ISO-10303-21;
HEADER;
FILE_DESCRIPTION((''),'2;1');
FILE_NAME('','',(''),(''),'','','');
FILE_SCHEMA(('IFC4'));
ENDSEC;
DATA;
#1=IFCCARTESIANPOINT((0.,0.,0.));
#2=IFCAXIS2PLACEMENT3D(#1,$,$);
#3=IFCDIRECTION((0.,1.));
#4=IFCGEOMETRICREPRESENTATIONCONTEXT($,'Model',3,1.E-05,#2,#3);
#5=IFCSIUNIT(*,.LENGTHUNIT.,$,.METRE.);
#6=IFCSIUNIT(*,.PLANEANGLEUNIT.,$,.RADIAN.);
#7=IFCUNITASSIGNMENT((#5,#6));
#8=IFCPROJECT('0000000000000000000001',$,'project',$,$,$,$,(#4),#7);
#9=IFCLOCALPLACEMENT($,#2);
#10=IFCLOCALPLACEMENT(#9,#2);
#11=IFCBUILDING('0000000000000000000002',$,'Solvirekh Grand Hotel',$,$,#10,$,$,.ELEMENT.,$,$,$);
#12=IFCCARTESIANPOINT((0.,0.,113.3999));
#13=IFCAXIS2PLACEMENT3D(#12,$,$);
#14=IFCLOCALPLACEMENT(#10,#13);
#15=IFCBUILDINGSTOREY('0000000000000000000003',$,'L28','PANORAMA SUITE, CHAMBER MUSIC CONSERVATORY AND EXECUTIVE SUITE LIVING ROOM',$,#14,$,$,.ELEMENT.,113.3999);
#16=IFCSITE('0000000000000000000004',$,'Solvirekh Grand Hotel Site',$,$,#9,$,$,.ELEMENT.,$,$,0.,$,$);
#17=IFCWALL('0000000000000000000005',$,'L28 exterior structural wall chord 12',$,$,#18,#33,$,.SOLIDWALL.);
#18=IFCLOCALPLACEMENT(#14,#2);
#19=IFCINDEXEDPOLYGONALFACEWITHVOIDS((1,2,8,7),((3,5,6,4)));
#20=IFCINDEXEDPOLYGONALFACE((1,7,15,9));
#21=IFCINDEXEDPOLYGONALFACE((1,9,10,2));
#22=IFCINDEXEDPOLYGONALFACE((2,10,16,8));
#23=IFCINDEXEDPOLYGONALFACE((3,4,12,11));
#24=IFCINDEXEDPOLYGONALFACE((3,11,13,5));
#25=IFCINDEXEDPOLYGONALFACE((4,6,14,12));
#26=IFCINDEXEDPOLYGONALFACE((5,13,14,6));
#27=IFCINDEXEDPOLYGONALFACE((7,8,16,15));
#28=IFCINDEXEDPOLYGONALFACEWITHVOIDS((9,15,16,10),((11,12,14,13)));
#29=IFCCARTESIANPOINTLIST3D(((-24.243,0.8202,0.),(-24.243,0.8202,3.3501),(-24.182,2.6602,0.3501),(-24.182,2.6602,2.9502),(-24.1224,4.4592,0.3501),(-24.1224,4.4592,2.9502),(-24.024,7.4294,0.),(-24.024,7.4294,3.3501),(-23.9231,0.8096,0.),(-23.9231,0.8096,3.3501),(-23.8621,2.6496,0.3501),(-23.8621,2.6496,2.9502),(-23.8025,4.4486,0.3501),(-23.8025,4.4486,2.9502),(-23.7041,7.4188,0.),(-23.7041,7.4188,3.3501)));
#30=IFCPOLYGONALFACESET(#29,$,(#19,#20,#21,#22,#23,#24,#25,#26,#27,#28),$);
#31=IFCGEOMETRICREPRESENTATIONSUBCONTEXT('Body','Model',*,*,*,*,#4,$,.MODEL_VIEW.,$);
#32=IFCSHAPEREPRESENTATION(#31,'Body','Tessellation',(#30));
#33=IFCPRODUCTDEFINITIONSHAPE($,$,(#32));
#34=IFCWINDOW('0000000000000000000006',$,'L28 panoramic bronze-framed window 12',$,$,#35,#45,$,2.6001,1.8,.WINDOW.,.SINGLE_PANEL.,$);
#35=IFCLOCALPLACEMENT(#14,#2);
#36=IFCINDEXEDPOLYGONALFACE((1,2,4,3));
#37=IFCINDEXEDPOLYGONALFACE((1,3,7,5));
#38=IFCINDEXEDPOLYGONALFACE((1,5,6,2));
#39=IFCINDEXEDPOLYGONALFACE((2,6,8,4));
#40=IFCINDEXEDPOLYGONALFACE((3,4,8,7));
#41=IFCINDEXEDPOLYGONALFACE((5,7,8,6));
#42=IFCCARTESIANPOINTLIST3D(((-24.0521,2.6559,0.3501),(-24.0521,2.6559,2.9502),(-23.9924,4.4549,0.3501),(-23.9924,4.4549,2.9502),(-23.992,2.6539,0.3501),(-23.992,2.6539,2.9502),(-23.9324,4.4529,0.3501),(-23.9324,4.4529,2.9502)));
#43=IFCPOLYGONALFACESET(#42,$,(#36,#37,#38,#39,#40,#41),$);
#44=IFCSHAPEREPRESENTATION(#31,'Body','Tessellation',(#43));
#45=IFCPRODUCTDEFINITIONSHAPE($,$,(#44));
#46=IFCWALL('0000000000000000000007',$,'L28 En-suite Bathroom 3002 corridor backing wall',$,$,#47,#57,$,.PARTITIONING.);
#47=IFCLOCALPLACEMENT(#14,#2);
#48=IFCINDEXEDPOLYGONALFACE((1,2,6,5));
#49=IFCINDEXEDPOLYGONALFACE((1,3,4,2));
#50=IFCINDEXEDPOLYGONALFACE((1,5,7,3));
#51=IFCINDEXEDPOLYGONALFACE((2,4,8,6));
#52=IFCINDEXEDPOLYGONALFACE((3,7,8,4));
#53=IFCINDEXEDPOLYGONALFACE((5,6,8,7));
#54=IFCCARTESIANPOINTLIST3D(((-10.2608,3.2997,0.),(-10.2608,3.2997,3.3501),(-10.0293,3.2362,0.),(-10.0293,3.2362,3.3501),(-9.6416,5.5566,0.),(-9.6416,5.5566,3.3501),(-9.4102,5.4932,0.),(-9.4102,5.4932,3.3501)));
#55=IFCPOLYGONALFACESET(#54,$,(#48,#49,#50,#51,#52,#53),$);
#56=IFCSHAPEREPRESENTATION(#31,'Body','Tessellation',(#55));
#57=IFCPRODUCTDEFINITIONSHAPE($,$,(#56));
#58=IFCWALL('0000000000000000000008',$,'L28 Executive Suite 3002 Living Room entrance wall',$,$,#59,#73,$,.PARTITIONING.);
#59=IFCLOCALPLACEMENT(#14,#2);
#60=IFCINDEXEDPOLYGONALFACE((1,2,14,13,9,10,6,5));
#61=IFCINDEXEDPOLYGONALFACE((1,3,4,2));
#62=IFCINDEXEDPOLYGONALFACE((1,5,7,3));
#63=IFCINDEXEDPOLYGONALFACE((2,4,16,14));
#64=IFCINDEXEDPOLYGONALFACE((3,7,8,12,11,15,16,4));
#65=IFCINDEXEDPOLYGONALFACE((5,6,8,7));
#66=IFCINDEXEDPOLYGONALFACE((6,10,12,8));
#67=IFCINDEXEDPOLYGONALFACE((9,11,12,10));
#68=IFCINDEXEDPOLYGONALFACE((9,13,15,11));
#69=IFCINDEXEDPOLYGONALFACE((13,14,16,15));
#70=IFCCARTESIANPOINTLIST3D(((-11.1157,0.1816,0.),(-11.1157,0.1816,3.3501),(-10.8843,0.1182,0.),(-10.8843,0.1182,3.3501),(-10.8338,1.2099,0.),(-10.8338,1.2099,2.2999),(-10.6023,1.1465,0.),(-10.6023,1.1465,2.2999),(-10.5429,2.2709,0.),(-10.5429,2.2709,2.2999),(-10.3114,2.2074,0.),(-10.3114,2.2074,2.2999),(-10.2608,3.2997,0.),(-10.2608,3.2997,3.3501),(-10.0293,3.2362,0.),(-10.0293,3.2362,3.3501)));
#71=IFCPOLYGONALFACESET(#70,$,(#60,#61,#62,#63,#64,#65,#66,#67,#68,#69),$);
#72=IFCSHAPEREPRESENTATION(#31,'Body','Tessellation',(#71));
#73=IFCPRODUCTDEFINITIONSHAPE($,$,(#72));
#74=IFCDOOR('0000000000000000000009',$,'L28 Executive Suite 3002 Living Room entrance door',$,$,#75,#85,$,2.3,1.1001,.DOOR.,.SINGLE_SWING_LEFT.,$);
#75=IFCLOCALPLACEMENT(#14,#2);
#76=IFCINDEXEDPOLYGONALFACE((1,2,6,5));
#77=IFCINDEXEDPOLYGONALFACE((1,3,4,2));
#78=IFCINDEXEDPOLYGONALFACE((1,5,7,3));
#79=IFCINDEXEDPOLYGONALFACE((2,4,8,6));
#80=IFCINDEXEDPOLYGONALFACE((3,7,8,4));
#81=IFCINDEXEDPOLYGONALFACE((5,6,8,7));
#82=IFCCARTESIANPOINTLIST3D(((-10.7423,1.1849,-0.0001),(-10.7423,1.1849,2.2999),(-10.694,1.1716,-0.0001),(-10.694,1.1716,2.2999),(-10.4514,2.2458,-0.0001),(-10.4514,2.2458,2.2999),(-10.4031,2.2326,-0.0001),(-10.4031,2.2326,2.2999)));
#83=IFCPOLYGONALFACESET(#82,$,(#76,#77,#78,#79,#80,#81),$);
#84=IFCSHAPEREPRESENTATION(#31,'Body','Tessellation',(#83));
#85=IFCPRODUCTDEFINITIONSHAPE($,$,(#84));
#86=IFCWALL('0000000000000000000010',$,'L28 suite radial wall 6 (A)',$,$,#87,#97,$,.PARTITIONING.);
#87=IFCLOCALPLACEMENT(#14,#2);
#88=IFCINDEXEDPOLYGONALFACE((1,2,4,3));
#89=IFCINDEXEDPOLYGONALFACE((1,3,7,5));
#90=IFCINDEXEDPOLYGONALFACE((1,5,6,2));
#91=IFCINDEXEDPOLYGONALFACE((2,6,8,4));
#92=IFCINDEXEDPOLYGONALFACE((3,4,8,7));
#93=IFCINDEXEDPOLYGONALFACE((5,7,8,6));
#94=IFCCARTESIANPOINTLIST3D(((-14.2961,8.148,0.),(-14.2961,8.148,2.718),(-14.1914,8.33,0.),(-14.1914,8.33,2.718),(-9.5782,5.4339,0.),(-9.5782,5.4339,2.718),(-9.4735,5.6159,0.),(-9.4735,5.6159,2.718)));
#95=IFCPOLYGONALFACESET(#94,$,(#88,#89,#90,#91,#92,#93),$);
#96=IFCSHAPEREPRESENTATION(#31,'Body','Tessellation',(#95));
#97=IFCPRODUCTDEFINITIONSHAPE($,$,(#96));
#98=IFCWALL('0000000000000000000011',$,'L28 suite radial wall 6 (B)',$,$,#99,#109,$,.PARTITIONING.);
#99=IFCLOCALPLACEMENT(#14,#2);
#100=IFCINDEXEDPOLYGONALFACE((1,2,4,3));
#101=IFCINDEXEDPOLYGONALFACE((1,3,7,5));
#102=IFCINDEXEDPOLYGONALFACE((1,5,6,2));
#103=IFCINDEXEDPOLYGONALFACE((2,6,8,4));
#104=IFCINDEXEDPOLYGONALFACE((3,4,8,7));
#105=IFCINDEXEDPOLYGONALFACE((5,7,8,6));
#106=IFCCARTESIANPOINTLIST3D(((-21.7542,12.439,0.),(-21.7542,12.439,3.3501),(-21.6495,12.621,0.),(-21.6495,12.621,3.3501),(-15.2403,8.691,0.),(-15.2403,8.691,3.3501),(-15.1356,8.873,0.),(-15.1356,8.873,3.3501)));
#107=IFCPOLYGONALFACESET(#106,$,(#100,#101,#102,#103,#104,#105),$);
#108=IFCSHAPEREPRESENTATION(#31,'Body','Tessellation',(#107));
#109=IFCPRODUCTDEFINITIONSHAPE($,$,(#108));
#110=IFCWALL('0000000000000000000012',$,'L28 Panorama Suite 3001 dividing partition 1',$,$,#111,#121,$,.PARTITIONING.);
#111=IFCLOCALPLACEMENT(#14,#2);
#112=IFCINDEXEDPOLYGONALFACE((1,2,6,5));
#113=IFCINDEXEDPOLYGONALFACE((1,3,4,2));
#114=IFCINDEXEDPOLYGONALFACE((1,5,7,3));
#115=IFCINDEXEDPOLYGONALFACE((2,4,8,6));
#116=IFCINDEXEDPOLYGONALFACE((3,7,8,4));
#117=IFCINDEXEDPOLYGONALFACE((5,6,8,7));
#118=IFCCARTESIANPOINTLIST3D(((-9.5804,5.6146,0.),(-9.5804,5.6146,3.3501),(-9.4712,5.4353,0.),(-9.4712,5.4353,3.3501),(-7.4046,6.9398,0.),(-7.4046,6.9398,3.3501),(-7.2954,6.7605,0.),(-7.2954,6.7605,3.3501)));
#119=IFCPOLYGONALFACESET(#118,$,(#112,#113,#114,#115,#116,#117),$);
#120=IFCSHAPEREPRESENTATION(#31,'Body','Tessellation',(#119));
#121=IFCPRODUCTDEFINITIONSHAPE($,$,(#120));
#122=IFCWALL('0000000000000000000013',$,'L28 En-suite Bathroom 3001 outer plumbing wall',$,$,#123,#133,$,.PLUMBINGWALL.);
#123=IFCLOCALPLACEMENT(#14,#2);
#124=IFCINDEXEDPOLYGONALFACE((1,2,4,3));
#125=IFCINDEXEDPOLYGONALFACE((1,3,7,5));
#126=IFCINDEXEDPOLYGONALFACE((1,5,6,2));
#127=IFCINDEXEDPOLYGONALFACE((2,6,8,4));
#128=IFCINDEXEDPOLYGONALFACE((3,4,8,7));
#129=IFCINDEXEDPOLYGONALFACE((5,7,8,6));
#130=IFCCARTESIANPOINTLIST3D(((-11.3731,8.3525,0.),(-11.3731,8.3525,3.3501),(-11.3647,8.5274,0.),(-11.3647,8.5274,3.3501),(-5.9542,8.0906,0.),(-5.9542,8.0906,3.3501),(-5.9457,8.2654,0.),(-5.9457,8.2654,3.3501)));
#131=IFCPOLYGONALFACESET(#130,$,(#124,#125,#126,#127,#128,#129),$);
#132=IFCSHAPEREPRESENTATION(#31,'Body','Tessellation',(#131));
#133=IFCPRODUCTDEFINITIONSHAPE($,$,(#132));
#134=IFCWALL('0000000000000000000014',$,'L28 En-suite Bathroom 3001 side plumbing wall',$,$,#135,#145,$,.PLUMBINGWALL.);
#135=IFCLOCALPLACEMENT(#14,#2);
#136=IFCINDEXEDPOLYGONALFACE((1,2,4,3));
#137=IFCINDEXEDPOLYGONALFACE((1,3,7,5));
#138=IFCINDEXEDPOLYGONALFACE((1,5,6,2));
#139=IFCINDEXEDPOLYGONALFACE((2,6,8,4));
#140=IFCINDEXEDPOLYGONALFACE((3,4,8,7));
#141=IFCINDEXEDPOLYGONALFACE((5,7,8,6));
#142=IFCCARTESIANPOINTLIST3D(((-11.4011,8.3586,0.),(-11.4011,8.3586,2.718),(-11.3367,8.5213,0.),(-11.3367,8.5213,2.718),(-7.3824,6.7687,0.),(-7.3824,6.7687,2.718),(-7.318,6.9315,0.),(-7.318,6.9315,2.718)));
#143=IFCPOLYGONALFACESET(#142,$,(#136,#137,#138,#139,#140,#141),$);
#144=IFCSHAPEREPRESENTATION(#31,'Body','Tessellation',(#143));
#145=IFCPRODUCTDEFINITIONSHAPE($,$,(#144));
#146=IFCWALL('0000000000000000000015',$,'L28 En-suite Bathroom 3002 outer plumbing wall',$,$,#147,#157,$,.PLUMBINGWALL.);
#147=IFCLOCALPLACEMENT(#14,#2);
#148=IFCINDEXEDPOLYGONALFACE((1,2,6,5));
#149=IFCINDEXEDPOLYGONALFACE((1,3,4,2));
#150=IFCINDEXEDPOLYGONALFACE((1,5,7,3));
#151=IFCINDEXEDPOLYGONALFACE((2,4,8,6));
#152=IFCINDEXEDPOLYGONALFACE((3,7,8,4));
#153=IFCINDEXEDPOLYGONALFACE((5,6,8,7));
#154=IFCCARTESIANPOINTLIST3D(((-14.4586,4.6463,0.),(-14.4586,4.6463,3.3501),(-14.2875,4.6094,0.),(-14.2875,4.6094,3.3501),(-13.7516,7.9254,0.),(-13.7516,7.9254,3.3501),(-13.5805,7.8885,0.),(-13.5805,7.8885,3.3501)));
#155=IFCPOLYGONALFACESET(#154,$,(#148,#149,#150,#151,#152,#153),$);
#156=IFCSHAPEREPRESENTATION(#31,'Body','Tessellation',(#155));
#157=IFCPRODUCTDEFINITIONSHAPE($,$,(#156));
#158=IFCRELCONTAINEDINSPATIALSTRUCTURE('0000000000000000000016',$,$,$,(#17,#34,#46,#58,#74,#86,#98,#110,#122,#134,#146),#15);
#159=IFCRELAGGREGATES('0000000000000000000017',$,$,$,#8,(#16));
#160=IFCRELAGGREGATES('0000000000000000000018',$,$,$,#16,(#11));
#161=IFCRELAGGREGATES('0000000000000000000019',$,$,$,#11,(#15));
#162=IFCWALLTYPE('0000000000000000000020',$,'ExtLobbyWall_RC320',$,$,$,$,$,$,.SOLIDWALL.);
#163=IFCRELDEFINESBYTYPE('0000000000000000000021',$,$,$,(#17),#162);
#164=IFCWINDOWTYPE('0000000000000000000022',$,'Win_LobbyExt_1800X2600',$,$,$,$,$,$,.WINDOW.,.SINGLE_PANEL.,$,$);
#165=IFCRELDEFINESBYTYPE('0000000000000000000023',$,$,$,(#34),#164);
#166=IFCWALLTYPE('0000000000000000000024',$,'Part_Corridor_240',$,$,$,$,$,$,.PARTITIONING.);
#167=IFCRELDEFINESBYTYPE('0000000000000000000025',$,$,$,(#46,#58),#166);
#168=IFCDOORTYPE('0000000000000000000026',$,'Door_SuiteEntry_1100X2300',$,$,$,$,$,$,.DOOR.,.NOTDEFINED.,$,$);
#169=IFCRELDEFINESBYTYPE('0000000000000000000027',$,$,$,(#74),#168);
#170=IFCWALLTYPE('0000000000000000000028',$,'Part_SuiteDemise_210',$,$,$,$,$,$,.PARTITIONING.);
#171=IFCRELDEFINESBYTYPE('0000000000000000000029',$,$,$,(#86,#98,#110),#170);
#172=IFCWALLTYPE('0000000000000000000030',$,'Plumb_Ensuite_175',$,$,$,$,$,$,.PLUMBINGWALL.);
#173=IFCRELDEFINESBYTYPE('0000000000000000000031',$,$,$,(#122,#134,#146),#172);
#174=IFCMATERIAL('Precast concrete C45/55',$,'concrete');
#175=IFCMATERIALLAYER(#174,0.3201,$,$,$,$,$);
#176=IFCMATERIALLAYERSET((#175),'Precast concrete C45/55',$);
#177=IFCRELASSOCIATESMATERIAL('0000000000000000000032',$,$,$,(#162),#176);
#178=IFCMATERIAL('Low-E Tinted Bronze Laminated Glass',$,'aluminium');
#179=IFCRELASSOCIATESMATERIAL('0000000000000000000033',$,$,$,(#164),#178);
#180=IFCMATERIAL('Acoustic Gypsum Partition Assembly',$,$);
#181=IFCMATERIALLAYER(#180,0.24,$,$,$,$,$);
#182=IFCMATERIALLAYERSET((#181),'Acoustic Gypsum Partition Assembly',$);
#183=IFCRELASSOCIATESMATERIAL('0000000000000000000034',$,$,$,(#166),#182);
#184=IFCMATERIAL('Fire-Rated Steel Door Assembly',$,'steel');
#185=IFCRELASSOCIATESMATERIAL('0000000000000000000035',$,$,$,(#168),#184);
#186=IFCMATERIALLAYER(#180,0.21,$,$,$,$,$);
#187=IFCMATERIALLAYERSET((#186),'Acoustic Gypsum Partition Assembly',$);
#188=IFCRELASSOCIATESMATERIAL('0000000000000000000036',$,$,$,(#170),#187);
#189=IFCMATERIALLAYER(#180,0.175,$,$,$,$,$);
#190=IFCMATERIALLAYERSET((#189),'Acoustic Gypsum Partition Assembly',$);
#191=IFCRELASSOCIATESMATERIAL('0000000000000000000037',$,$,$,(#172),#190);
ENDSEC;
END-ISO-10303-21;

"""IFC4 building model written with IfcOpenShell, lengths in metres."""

from ifc_helpers import new_model, si_unit, direction, frame, frame_2d, origin, place, context, subcontext, project, spatial, rectangle, extrude, material, layer, layer_set, type_object, element, fill, save


model = new_model("IFC4")

# Units and contexts
model_context = context("Model", 3, precision=1e-05, world=origin(), true_north=direction((0.0, 1.0)))
body_context = subcontext(model_context, "Body", "Model", "MODEL_VIEW")
ifc_project = project(units=[si_unit("LENGTHUNIT", "METRE"), si_unit("PLANEANGLEUNIT", "RADIAN")], contexts=[model_context])

# Site, building, storey
site_placement = place(None, origin())
site = spatial("IfcSite", under=ifc_project, at=site_placement, Name="Solvirekh Grand Hotel Site", CompositionType="ELEMENT", RefElevation=0.0)
building_placement = place(site_placement, origin())
building = spatial("IfcBuilding", under=site, at=building_placement, Name="Solvirekh Grand Hotel", CompositionType="ELEMENT")
storey_placement = place(building_placement, frame((0.0, 0.0, 113.3999)))
storey = spatial("IfcBuildingStorey", under=building, at=storey_placement, Name="L28", Description="PANORAMA SUITE, CHAMBER MUSIC CONSERVATORY AND EXECUTIVE SUITE LIVING ROOM", CompositionType="ELEMENT", Elevation=113.3999)

# Wall, opening, window
ifc_material_1 = material(Name="Precast concrete C45/55", Category="concrete")
ifc_layer_1 = layer(ifc_material_1, 0.3201)
ifc_layer_set_1 = layer_set([ifc_layer_1], Name="Precast concrete C45/55")
wall_type_1 = type_object("IfcWallType", Name="ExtLobbyWall_RC320", PredefinedType="SOLIDWALL", material=ifc_layer_set_1)
wall_1_placement = place(storey_placement, frame((-24.083, 0.8149, 0.0), z_axis=(0.0, 0.0, 1.0), x_axis=(0.033117, 0.999451, 0.0)))
wall_1 = element("IfcWall", 1, at=wall_1_placement, inside=storey, type_object=wall_type_1, Name="L28 exterior structural wall chord 12", PredefinedType="SOLIDWALL", context=body_context, shape_type="SweptSolid", body=[
    extrude(rectangle(XDim=6.6128, YDim=0.3201, at=frame_2d((3.3064, 0.0))), origin(), (0.0, 0.0, 1.0), 3.3501),
])
opening_1_placement = place(wall_1_placement, frame((1.8411, 0.0, 0.3501)))
opening_1 = element("IfcOpeningElement", 2, at=opening_1_placement, cuts=wall_1, PredefinedType="OPENING", context=body_context, shape_type="SweptSolid", body=[
    extrude(rectangle(XDim=1.8, YDim=2.6001, at=frame_2d((0.8999, 1.3))), frame((0.0, 0.1699, 0.0), z_axis=(0.0, -1.0, 0.0), x_axis=(1.0, 0.0, 0.0)), (0.0, 0.0, 1.0), 0.3401),
])
ifc_material_2 = material(Name="Low-E Tinted Bronze Laminated Glass", Category="aluminium")
window_type = type_object("IfcWindowType", Name="Win_LobbyExt_1800X2600", PartitioningType="SINGLE_PANEL", PredefinedType="WINDOW", material=ifc_material_2)
window_placement = place(opening_1_placement, origin())
window = element("IfcWindow", 3, at=window_placement, inside=storey, type_object=window_type, Name="L28 panoramic bronze-framed window 12", OverallHeight=2.6001, OverallWidth=1.8, PartitioningType="SINGLE_PANEL", PredefinedType="WINDOW", context=body_context, shape_type="SweptSolid", body=[
    extrude(rectangle(XDim=1.8, YDim=2.6001, at=frame_2d((0.8999, 1.3))), frame((0.0, 0.03, 0.0), z_axis=(0.0, -1.0, 0.0), x_axis=(1.0, 0.0, 0.0)), (0.0, 0.0, 1.0), 0.0601),
])
fill(opening_1, window)

# Wall
ifc_material_3 = material(Name="Acoustic Gypsum Partition Assembly")
ifc_layer_2 = layer(ifc_material_3, 0.24)
ifc_layer_set_2 = layer_set([ifc_layer_2], Name="Acoustic Gypsum Partition Assembly")
wall_type_2 = type_object("IfcWallType", Name="Part_Corridor_240", PredefinedType="PARTITIONING", material=ifc_layer_set_2)
wall_2_placement = place(storey_placement, frame((-9.5259, 5.5249, 0.0), z_axis=(0.0, 0.0, 1.0), x_axis=(-0.264565, -0.964368, 0.0)))
element("IfcWall", 4, at=wall_2_placement, inside=storey, type_object=wall_type_2, Name="L28 En-suite Bathroom 3002 corridor backing wall", PredefinedType="PARTITIONING", context=body_context, shape_type="SweptSolid", body=[
    extrude(rectangle(XDim=2.3403, YDim=0.24, at=frame_2d((1.1702, 0.0))), origin(), (0.0, 0.0, 1.0), 3.3501),
])

# Wall, opening, door
wall_3_placement = place(storey_placement, frame((-10.145, 3.2681, 0.0), z_axis=(0.0, 0.0, 1.0), x_axis=(-0.264433, -0.964404, 0.0)))
wall_3 = element("IfcWall", 5, at=wall_3_placement, inside=storey, type_object=wall_type_2, Name="L28 Executive Suite 3002 Living Room entrance wall", PredefinedType="PARTITIONING", context=body_context, shape_type="SweptSolid", body=[
    extrude(rectangle(XDim=3.2332, YDim=0.24, at=frame_2d((1.6167, 0.0))), origin(), (0.0, 0.0, 1.0), 3.3501),
])
opening_2_placement = place(wall_3_placement, frame((1.0669, 0.0, 0.0)))
opening_2 = element("IfcOpeningElement", 6, at=opening_2_placement, cuts=wall_3, PredefinedType="OPENING", context=body_context, shape_type="SweptSolid", body=[
    extrude(rectangle(XDim=1.1001, YDim=2.3, at=frame_2d((0.55, 1.1499))), frame((0.0, 0.1299, 0.0), z_axis=(0.0, -1.0, 0.0), x_axis=(1.0, 0.0, 0.0)), (0.0, 0.0, 1.0), 0.26),
])
ifc_material_4 = material(Name="Fire-Rated Steel Door Assembly", Category="steel")
door_type_1 = type_object("IfcDoorType", Name="Door_SuiteEntry_1100X2300", OperationType="NOTDEFINED", PredefinedType="DOOR", material=ifc_material_4)
door_1_placement = place(opening_2_placement, origin())
door_1 = element("IfcDoor", 7, at=door_1_placement, inside=storey, type_object=door_type_1, Name="L28 Executive Suite 3002 Living Room entrance door", OperationType="SINGLE_SWING_LEFT", OverallHeight=2.3, OverallWidth=1.1001, PredefinedType="DOOR", context=body_context, shape_type="SweptSolid", body=[
    extrude(rectangle(XDim=1.1001, YDim=2.3, at=frame_2d((0.55, 1.1499))), frame((0.0, 0.0249, 0.0), z_axis=(0.0, -1.0, 0.0), x_axis=(1.0, 0.0, 0.0)), (0.0, 0.0, 1.0), 0.05),
])
fill(opening_2, door_1)

# Walls
ifc_layer_3 = layer(ifc_material_3, 0.21)
ifc_layer_set_3 = layer_set([ifc_layer_3], Name="Acoustic Gypsum Partition Assembly")
wall_type_3 = type_object("IfcWallType", Name="Part_SuiteDemise_210", PredefinedType="PARTITIONING", material=ifc_layer_set_3)
wall_4_placement = place(storey_placement, frame((-9.5259, 5.5249, 0.0), z_axis=(0.0, 0.0, 1.0), x_axis=(-0.866807, 0.498644, 0.0)))
element("IfcWall", 8, at=wall_4_placement, inside=storey, type_object=wall_type_3, Name="L28 suite radial wall 6 (A)", PredefinedType="PARTITIONING", context=body_context, shape_type="SweptSolid", body=[
    extrude(rectangle(XDim=5.4429, YDim=0.21, at=frame_2d((2.7214, 0.0))), origin(), (0.0, 0.0, 1.0), 2.718),
])
wall_5_placement = place(storey_placement, frame((-15.188, 8.782, 0.0), z_axis=(0.0, 0.0, 1.0), x_axis=(-0.86676, 0.498726, 0.0)))
element("IfcWall", 9, at=wall_5_placement, inside=storey, type_object=wall_type_3, Name="L28 suite radial wall 6 (B)", PredefinedType="PARTITIONING", context=body_context, shape_type="SweptSolid", body=[
    extrude(rectangle(XDim=7.5151, YDim=0.21, at=frame_2d((3.7576, 0.0))), origin(), (0.0, 0.0, 1.0), 3.3501),
])
wall_6_placement = place(storey_placement, frame((-9.5259, 5.5249, 0.0), z_axis=(0.0, 0.0, 1.0), x_axis=(0.854058, 0.520178, 0.0)))
element("IfcWall", 10, at=wall_6_placement, inside=storey, type_object=wall_type_3, Name="L28 Panorama Suite 3001 dividing partition 1", PredefinedType="PARTITIONING", context=body_context, shape_type="SweptSolid", body=[
    extrude(rectangle(XDim=2.5476, YDim=0.21, at=frame_2d((1.2739, 0.0))), origin(), (0.0, 0.0, 1.0), 3.3501),
])
ifc_layer_4 = layer(ifc_material_3, 0.175)
ifc_layer_set_4 = layer_set([ifc_layer_4], Name="Acoustic Gypsum Partition Assembly")
wall_type_4 = type_object("IfcWallType", Name="Plumb_Ensuite_175", PredefinedType="PLUMBINGWALL", material=ifc_layer_set_4)
wall_7_placement = place(storey_placement, frame((-11.3689, 8.4399, 0.0), z_axis=(0.0, 0.0, 1.0), x_axis=(0.998834, -0.048286, 0.0)))
element("IfcWall", 11, at=wall_7_placement, inside=storey, type_object=wall_type_4, Name="L28 En-suite Bathroom 3001 outer plumbing wall", PredefinedType="PLUMBINGWALL", context=body_context, shape_type="SweptSolid", body=[
    extrude(rectangle(XDim=5.4253, YDim=0.175, at=frame_2d((2.7126, 0.0))), origin(), (0.0, 0.0, 1.0), 3.3501),
])
wall_8_placement = place(storey_placement, frame((-11.3689, 8.4399, 0.0), z_axis=(0.0, 0.0, 1.0), x_axis=(0.92988, -0.367862, 0.0)))
element("IfcWall", 12, at=wall_8_placement, inside=storey, type_object=wall_type_4, Name="L28 En-suite Bathroom 3001 side plumbing wall", PredefinedType="PLUMBINGWALL", context=body_context, shape_type="SweptSolid", body=[
    extrude(rectangle(XDim=4.3218, YDim=0.175, at=frame_2d((2.1609, 0.0))), origin(), (0.0, 0.0, 1.0), 2.718),
])
wall_9_placement = place(storey_placement, frame((-13.666, 7.907, 0.0), z_axis=(0.0, 0.0, 1.0), x_axis=(-0.210777, -0.977534, 0.0)))
element("IfcWall", 13, at=wall_9_placement, inside=storey, type_object=wall_type_4, Name="L28 En-suite Bathroom 3002 outer plumbing wall", PredefinedType="PLUMBINGWALL", context=body_context, shape_type="SweptSolid", body=[
    extrude(rectangle(XDim=3.3545, YDim=0.175, at=frame_2d((1.6772, 0.0))), origin(), (0.0, 0.0, 1.0), 3.3501),
])

save(model, "model.ifc")
